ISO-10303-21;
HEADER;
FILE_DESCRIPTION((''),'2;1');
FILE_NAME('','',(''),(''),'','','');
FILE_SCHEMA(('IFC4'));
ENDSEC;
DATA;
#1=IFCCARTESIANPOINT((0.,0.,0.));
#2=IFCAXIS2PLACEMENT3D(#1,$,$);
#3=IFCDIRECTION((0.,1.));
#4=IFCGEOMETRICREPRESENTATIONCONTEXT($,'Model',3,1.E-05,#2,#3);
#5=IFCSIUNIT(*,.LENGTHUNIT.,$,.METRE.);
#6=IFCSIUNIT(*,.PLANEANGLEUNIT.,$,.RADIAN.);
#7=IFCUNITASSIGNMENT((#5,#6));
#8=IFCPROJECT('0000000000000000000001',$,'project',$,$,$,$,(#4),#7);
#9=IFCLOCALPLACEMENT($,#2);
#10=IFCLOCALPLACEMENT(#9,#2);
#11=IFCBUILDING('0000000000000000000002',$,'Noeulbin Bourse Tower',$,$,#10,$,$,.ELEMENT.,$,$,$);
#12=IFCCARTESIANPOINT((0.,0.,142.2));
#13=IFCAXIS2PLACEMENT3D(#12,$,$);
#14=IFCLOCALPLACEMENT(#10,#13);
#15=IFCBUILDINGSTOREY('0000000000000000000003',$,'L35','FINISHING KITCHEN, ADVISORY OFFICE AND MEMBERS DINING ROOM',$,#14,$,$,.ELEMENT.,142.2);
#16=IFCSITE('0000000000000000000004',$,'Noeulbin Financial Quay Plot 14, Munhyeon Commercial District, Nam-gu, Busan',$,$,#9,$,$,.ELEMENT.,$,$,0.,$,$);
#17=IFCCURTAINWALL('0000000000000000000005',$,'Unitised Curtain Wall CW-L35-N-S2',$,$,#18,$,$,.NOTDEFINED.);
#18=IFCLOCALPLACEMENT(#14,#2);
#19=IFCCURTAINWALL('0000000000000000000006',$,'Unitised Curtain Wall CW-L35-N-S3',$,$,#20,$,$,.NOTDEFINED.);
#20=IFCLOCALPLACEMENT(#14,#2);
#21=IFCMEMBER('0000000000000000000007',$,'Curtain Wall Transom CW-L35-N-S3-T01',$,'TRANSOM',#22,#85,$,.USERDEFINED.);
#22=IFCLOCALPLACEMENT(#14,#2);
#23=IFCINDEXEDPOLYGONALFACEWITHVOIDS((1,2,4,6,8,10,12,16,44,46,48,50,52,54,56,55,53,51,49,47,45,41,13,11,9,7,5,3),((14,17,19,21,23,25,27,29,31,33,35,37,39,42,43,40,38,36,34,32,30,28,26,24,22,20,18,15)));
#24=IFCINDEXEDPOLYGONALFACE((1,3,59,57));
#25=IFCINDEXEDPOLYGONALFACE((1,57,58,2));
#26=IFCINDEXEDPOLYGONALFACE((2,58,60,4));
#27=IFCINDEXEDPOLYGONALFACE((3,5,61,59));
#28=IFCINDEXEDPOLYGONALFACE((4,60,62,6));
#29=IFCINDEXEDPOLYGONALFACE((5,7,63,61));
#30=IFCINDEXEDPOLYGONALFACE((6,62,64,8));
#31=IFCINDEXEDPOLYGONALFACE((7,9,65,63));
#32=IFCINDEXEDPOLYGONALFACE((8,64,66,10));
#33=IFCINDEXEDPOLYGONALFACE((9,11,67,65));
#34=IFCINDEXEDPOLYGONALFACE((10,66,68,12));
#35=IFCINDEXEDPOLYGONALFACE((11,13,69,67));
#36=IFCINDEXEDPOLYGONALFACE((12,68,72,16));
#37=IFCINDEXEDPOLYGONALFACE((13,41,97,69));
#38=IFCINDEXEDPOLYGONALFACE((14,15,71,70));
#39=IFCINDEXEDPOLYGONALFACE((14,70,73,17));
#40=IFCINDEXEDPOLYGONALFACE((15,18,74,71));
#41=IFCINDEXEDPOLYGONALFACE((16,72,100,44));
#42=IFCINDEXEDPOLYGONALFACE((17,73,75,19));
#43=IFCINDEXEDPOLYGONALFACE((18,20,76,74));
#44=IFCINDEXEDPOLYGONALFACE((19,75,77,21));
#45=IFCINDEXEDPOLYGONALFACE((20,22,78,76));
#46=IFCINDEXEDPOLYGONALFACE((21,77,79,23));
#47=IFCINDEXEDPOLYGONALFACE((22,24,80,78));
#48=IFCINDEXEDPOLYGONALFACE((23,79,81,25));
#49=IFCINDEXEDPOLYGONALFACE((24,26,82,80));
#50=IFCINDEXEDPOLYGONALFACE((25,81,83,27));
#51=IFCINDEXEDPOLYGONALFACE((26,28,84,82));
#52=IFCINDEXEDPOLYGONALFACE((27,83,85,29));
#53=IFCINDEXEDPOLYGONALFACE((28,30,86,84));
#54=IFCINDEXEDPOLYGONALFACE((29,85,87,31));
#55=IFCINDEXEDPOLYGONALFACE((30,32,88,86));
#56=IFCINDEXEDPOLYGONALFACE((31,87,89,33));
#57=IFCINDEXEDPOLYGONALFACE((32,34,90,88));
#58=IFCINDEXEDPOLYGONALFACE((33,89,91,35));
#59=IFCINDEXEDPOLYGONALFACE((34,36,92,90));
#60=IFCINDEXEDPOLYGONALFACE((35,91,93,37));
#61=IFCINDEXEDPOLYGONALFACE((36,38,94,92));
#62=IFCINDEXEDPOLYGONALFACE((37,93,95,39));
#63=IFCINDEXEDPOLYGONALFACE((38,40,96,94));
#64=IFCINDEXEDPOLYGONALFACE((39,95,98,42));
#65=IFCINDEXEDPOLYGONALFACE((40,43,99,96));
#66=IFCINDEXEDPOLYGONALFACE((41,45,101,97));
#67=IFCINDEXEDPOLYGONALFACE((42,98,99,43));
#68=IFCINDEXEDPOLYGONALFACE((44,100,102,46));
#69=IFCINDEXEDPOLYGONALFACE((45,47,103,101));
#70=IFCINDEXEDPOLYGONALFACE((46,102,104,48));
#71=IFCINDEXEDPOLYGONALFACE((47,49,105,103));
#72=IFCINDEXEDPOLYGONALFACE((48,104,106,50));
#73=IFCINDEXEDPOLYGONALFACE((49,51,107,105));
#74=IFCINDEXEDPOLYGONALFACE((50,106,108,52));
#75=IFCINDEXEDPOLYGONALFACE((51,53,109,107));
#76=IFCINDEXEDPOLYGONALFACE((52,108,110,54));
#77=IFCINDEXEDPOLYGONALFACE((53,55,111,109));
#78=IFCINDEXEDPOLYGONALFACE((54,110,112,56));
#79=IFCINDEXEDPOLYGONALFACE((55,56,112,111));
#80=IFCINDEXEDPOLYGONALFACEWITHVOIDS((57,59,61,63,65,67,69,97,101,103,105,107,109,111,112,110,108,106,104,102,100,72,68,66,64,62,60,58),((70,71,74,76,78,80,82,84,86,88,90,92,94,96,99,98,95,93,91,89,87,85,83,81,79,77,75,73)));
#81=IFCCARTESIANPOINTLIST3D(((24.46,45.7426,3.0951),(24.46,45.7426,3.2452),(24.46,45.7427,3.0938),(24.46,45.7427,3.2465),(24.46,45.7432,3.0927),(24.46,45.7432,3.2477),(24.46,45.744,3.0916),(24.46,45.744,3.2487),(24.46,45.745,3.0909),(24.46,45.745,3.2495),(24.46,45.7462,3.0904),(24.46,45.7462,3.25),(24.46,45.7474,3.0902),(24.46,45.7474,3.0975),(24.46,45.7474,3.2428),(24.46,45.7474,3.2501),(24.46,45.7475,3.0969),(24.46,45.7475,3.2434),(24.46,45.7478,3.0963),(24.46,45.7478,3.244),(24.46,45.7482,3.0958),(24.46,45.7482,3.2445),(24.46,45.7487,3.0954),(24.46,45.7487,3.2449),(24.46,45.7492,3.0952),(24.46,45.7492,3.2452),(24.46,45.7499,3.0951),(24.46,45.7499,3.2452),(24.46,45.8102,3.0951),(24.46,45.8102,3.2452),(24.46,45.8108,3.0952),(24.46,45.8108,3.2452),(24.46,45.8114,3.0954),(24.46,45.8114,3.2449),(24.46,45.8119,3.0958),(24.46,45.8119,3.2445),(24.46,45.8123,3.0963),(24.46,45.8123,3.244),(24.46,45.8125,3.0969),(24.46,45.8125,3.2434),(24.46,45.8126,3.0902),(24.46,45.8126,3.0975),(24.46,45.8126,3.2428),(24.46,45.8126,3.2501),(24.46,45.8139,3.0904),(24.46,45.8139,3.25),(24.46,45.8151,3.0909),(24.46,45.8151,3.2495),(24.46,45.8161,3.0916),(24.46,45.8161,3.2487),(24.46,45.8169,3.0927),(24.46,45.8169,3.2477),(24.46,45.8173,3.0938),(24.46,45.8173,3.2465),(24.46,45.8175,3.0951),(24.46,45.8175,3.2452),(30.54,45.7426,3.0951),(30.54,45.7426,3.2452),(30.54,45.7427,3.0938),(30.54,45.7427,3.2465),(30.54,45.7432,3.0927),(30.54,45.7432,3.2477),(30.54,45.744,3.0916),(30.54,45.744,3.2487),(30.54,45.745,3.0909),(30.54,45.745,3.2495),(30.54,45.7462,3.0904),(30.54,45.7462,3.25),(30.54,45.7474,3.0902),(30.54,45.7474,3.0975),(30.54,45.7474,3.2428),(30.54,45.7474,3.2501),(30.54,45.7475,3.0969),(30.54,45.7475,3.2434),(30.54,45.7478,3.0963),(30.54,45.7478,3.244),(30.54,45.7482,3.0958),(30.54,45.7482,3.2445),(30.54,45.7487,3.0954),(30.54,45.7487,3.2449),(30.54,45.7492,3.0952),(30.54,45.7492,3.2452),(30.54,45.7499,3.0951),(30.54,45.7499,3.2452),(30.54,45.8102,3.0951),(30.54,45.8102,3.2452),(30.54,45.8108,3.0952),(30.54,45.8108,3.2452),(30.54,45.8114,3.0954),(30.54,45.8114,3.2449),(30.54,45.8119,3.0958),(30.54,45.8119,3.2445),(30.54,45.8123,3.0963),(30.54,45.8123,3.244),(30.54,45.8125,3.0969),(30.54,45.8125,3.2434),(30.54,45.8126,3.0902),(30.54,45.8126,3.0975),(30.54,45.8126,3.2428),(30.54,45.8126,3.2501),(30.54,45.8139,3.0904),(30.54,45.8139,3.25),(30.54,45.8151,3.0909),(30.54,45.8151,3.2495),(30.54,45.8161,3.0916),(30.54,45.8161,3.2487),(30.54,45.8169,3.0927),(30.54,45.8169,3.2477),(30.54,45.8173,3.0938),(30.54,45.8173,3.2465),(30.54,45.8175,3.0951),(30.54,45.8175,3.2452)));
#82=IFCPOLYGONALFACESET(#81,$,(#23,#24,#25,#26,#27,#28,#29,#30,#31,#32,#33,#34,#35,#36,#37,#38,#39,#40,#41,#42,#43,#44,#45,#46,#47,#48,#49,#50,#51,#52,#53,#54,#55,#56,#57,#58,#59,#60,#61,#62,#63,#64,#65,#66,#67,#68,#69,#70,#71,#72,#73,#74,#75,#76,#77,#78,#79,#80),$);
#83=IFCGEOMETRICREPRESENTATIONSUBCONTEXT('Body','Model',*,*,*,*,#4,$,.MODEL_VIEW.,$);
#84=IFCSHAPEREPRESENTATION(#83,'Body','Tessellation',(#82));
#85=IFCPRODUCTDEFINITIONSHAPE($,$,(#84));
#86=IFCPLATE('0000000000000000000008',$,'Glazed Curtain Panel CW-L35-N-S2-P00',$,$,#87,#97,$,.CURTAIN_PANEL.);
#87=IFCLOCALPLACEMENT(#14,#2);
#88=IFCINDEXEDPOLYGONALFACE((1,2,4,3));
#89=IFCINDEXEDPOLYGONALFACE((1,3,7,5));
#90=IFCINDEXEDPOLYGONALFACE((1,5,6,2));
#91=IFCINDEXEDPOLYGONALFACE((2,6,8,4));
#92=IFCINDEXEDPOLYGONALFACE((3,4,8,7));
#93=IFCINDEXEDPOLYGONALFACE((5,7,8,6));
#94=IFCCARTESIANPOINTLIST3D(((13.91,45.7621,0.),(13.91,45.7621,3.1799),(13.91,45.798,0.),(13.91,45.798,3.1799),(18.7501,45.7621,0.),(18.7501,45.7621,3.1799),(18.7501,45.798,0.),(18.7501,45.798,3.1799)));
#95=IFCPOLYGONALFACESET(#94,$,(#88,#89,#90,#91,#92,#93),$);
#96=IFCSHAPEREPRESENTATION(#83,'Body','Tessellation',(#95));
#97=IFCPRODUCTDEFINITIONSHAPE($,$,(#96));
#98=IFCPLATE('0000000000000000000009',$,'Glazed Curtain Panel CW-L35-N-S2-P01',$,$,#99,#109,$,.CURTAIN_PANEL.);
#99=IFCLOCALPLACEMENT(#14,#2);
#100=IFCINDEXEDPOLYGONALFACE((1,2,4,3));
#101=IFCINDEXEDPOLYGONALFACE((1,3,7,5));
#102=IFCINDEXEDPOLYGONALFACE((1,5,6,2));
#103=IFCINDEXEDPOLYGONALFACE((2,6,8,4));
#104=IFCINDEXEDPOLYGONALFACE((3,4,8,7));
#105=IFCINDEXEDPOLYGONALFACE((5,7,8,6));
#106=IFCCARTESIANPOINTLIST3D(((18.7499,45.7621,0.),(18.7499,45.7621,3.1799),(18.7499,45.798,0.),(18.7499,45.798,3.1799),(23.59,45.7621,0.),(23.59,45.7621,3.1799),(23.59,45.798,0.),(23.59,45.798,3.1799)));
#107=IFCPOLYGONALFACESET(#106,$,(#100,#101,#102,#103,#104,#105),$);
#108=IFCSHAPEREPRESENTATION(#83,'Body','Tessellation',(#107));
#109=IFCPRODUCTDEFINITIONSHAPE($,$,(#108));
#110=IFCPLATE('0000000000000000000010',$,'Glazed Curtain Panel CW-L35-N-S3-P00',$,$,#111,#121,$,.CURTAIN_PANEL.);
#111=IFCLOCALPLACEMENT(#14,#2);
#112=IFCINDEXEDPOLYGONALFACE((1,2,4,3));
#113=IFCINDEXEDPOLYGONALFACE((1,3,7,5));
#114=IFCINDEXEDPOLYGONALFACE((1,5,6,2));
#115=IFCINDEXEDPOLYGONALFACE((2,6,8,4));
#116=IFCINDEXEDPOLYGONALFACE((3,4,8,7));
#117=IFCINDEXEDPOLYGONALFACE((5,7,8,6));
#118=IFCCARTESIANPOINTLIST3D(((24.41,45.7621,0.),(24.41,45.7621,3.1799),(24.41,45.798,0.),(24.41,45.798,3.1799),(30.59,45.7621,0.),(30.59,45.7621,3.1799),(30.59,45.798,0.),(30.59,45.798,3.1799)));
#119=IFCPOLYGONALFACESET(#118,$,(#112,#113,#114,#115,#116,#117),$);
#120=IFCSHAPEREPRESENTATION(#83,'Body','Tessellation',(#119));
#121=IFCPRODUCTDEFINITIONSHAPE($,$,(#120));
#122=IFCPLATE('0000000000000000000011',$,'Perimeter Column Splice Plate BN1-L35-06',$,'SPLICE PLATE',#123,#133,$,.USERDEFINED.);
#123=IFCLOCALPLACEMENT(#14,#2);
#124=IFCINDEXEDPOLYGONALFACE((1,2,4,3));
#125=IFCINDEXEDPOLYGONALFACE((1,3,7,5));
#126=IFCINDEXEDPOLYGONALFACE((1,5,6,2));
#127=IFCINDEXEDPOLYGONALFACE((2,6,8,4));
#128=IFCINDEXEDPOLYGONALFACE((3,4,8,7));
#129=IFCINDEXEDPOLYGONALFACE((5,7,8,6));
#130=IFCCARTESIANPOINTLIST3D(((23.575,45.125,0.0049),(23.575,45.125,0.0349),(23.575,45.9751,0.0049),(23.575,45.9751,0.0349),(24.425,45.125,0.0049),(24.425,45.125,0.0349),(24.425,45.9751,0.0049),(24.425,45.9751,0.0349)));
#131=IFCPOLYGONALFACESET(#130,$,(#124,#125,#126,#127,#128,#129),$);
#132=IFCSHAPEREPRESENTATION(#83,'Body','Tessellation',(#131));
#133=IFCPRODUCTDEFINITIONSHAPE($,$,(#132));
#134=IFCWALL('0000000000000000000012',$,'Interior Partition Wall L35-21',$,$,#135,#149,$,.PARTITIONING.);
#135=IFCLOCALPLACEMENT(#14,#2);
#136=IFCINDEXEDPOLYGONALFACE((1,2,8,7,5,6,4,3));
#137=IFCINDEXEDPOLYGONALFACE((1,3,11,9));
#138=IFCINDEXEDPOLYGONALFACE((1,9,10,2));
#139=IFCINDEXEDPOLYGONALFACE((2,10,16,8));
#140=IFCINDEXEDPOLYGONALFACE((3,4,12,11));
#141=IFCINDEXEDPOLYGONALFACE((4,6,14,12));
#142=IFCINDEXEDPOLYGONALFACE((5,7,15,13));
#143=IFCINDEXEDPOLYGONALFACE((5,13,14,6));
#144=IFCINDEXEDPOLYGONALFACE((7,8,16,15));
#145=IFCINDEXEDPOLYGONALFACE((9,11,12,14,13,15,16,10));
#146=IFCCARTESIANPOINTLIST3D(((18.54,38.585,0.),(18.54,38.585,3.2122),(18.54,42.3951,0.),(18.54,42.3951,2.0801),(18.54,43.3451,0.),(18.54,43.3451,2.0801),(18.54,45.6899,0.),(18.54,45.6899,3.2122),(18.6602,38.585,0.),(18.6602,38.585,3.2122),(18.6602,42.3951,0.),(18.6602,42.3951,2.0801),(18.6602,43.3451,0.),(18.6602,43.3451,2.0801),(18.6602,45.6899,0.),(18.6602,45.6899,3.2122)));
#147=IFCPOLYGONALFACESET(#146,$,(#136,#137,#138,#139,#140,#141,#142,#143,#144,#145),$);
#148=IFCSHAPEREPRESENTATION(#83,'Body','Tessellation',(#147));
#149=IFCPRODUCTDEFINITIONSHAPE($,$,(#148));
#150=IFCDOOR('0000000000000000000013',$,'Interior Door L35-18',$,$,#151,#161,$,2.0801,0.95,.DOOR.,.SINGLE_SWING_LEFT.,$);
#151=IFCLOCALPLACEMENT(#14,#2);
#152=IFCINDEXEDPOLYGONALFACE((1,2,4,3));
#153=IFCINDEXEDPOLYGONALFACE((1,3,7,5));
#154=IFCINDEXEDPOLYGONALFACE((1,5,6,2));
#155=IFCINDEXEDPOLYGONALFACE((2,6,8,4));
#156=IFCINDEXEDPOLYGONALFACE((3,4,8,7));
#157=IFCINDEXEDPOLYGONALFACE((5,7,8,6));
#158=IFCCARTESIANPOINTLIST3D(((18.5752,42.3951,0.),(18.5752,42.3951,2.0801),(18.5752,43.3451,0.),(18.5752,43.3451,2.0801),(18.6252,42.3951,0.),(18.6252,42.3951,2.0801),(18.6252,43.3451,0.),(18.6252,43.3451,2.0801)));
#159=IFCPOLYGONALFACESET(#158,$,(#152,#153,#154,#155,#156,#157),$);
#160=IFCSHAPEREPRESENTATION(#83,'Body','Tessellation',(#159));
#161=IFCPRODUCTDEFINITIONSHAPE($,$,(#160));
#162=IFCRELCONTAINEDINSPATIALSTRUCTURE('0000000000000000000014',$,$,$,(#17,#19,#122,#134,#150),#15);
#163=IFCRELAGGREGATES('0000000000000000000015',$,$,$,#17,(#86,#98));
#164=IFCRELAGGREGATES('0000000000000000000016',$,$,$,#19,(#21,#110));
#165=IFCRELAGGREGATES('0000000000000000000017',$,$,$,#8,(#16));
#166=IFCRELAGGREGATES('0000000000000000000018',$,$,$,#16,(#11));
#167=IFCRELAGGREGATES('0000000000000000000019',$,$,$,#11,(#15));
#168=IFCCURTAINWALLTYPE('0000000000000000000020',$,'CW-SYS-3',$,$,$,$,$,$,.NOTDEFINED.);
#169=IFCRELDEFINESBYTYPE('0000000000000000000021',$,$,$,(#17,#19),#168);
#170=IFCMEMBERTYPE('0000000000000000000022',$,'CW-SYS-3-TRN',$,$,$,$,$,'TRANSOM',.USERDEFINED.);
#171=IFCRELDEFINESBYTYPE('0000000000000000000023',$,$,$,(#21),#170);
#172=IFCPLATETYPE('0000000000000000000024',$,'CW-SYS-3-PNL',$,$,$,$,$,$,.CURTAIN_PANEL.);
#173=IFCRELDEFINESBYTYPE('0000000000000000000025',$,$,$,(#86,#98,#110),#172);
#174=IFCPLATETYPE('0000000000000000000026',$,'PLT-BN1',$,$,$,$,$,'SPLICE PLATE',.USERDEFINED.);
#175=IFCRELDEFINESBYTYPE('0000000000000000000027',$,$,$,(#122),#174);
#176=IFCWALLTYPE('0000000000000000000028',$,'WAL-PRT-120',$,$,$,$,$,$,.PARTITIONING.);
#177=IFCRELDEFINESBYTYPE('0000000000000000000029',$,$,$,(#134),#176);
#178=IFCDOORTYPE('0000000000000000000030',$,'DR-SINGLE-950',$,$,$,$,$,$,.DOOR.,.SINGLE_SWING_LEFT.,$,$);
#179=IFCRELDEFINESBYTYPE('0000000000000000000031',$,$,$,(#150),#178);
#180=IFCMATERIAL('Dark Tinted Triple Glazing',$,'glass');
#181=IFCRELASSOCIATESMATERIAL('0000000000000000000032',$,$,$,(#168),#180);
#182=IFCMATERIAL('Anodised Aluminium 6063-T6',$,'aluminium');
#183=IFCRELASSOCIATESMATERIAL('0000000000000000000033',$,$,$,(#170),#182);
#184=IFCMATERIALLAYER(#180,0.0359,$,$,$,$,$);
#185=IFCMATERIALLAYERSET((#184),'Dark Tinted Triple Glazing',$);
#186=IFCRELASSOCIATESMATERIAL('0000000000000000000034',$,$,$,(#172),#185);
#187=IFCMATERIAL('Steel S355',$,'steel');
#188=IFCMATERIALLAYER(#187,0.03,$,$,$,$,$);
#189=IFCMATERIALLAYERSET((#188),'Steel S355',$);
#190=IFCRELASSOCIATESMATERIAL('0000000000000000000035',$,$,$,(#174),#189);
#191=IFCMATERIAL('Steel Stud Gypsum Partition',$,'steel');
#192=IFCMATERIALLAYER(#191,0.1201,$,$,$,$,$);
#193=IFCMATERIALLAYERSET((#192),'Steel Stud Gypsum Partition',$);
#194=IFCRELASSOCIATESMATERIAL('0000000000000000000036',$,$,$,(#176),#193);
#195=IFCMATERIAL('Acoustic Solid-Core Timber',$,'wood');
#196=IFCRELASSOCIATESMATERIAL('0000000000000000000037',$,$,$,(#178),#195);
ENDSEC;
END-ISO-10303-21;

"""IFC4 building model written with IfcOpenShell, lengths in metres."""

from ifc_helpers import new_model, si_unit, direction, frame, frame_2d, origin, origin_2d, place, context, subcontext, project, spatial, rectangle, hollow_rectangle, extrude, material, layer, layer_set, material_profile, profile_set, type_object, element, fill, aggregate, save


model = new_model("IFC4")

# Units and contexts
model_context = context("Model", 3, precision=1e-05, world=origin(), true_north=direction((0.0, 1.0)))
body_context = subcontext(model_context, "Body", "Model", "MODEL_VIEW")
ifc_project = project(units=[si_unit("LENGTHUNIT", "METRE"), si_unit("PLANEANGLEUNIT", "RADIAN")], contexts=[model_context])

# Site, building, storey
site_placement = place(None, origin())
site = spatial("IfcSite", under=ifc_project, at=site_placement, Name="Noeulbin Financial Quay Plot 14, Munhyeon Commercial District, Nam-gu, Busan", CompositionType="ELEMENT", RefElevation=0.0)
building_placement = place(site_placement, origin())
building = spatial("IfcBuilding", under=site, at=building_placement, Name="Noeulbin Bourse Tower", CompositionType="ELEMENT")
storey_placement = place(building_placement, frame((0.0, 0.0, 142.2)))
storey = spatial("IfcBuildingStorey", under=building, at=storey_placement, Name="L35", Description="FINISHING KITCHEN, ADVISORY OFFICE AND MEMBERS DINING ROOM", CompositionType="ELEMENT", Elevation=142.2)

# Shared definitions
ifc_material_1 = material(Name="Steel S355", Category="steel")

# Curtain walls, member
ifc_material_2 = material(Name="Dark Tinted Triple Glazing", Category="glass")
curtain_wall_type = type_object("IfcCurtainWallType", Name="CW-SYS-3", PredefinedType="NOTDEFINED", material=ifc_material_2)
curtain_wall_1_placement = place(storey_placement, origin())
curtain_wall_1 = element("IfcCurtainWall", 1, at=curtain_wall_1_placement, inside=storey, type_object=curtain_wall_type, Name="Unitised Curtain Wall CW-L35-N-S2", PredefinedType="NOTDEFINED")
ifc_material_3 = material(Name="Anodised Aluminium 6063-T6", Category="aluminium")
curtain_wall_2_placement = place(storey_placement, origin())
curtain_wall_2 = element("IfcCurtainWall", 2, at=curtain_wall_2_placement, inside=storey, type_object=curtain_wall_type, Name="Unitised Curtain Wall CW-L35-N-S3", PredefinedType="NOTDEFINED")
ifc_material_profile_1 = material_profile(ifc_material_3, hollow_rectangle(XDim=0.075, YDim=0.1599, WallThickness=0.0049, InnerFilletRadius=0.0024, OuterFilletRadius=0.0049, at=origin_2d()), Name="ALU-TRAN-75x160x5", Category="LoadBearing")
ifc_profile_set_1 = profile_set([ifc_material_profile_1], Name="Anodised Aluminium 6063-T6")
member_type_1 = type_object("IfcMemberType", Name="CW-SYS-3-TRN", ElementType="TRANSOM", PredefinedType="USERDEFINED", material=ifc_profile_set_1)
member_1_placement = place(storey_placement, frame((24.46, 45.78, 3.1702), z_axis=(1.0, 0.0, 0.0), x_axis=(0.0, 1.0, 0.0)))
member_1 = element("IfcMember", 3, at=member_1_placement, type_object=member_type_1, Name="Curtain Wall Transom CW-L35-N-S3-T01", ObjectType="TRANSOM", PredefinedType="USERDEFINED", context=body_context, shape_type="SweptSolid", body=[
    extrude(hollow_rectangle(XDim=0.075, YDim=0.1599, WallThickness=0.0049, InnerFilletRadius=0.0024, OuterFilletRadius=0.0049, at=origin_2d()), origin(), (0.0, 0.0, 1.0), 6.0801),
])

# Plates
ifc_layer_1 = layer(ifc_material_2, 0.0359)
ifc_layer_set_1 = layer_set([ifc_layer_1], Name="Dark Tinted Triple Glazing")
plate_type_1 = type_object("IfcPlateType", Name="CW-SYS-3-PNL", PredefinedType="CURTAIN_PANEL", material=ifc_layer_set_1)
plate_1_placement = place(storey_placement, frame((16.3301, 45.78, 0.0), z_axis=(0.0, 0.0, 1.0), x_axis=(1.0, 0.0, 0.0)))
plate_1 = element("IfcPlate", 4, at=plate_1_placement, type_object=plate_type_1, Name="Glazed Curtain Panel CW-L35-N-S2-P00", PredefinedType="CURTAIN_PANEL", context=body_context, shape_type="SweptSolid", body=[
    extrude(rectangle(XDim=4.8401, YDim=0.0359, at=origin_2d()), origin(), (0.0, 0.0, 1.0), 3.1799),
])
plate_2_placement = place(storey_placement, frame((21.1699, 45.78, 0.0), z_axis=(0.0, 0.0, 1.0), x_axis=(1.0, 0.0, 0.0)))
plate_2 = element("IfcPlate", 5, at=plate_2_placement, type_object=plate_type_1, Name="Glazed Curtain Panel CW-L35-N-S2-P01", PredefinedType="CURTAIN_PANEL", context=body_context, shape_type="SweptSolid", body=[
    extrude(rectangle(XDim=4.8401, YDim=0.0359, at=origin_2d()), origin(), (0.0, 0.0, 1.0), 3.1799),
])
aggregate(curtain_wall_1, [plate_1, plate_2])
plate_3_placement = place(storey_placement, frame((27.5, 45.78, 0.0), z_axis=(0.0, 0.0, 1.0), x_axis=(1.0, 0.0, 0.0)))
plate_3 = element("IfcPlate", 6, at=plate_3_placement, type_object=plate_type_1, Name="Glazed Curtain Panel CW-L35-N-S3-P00", PredefinedType="CURTAIN_PANEL", context=body_context, shape_type="SweptSolid", body=[
    extrude(rectangle(XDim=6.1799, YDim=0.0359, at=origin_2d()), origin(), (0.0, 0.0, 1.0), 3.1799),
])
aggregate(curtain_wall_2, [member_1, plate_3])
ifc_layer_2 = layer(ifc_material_1, 0.03)
ifc_layer_set_2 = layer_set([ifc_layer_2], Name="Steel S355")
plate_type_2 = type_object("IfcPlateType", Name="PLT-BN1", ElementType="SPLICE PLATE", PredefinedType="USERDEFINED", material=ifc_layer_set_2)
plate_4_placement = place(storey_placement, frame((24.0, 45.55, 0.0049), z_axis=(0.0, 0.0, 1.0), x_axis=(1.0, 0.0, 0.0)))
element("IfcPlate", 7, at=plate_4_placement, inside=storey, type_object=plate_type_2, Name="Perimeter Column Splice Plate BN1-L35-06", ObjectType="SPLICE PLATE", PredefinedType="USERDEFINED", context=body_context, shape_type="SweptSolid", body=[
    extrude(rectangle(XDim=0.8501, YDim=0.8501, at=origin_2d()), origin(), (0.0, 0.0, 1.0), 0.03),
])

# Wall, opening, door
ifc_material_4 = material(Name="Steel Stud Gypsum Partition", Category="steel")
ifc_layer_3 = layer(ifc_material_4, 0.1201)
ifc_layer_set_3 = layer_set([ifc_layer_3], Name="Steel Stud Gypsum Partition")
wall_type = type_object("IfcWallType", Name="WAL-PRT-120", PredefinedType="PARTITIONING", material=ifc_layer_set_3)
wall_1_placement = place(storey_placement, frame((18.6001, 38.585, 0.0), z_axis=(0.0, 0.0, 1.0), x_axis=(0.0, 1.0, 0.0)))
wall_1 = element("IfcWall", 8, at=wall_1_placement, inside=storey, type_object=wall_type, Name="Interior Partition Wall L35-21", PredefinedType="PARTITIONING", context=body_context, shape_type="SweptSolid", body=[
    extrude(rectangle(XDim=7.105, YDim=0.1201, at=frame_2d((3.5525, 0.0))), origin(), (0.0, 0.0, 1.0), 3.2122),
])
opening_1_placement = place(wall_1_placement, frame((3.8101, 0.0, 0.0)))
opening_1 = element("IfcOpeningElement", 9, at=opening_1_placement, cuts=wall_1, PredefinedType="OPENING", context=body_context, shape_type="SweptSolid", body=[
    extrude(rectangle(XDim=0.95, YDim=2.0801, at=frame_2d((0.4751, 1.04))), frame((0.0, 0.0701, 0.0), z_axis=(0.0, -1.0, 0.0), x_axis=(1.0, 0.0, 0.0)), (0.0, 0.0, 1.0), 0.1401),
])
ifc_material_5 = material(Name="Acoustic Solid-Core Timber", Category="wood")
door_type = type_object("IfcDoorType", Name="DR-SINGLE-950", OperationType="SINGLE_SWING_LEFT", PredefinedType="DOOR", material=ifc_material_5)
door_1_placement = place(opening_1_placement, origin())
door_1 = element("IfcDoor", 10, at=door_1_placement, inside=storey, type_object=door_type, Name="Interior Door L35-18", OperationType="SINGLE_SWING_LEFT", OverallHeight=2.0801, OverallWidth=0.95, PredefinedType="DOOR", context=body_context, shape_type="SweptSolid", body=[
    extrude(rectangle(XDim=0.95, YDim=2.0801, at=frame_2d((0.4751, 1.04))), frame((0.0, 0.0249, 0.0), z_axis=(0.0, -1.0, 0.0), x_axis=(1.0, 0.0, 0.0)), (0.0, 0.0, 1.0), 0.05),
])
fill(opening_1, door_1)

save(model, "model.ifc")
